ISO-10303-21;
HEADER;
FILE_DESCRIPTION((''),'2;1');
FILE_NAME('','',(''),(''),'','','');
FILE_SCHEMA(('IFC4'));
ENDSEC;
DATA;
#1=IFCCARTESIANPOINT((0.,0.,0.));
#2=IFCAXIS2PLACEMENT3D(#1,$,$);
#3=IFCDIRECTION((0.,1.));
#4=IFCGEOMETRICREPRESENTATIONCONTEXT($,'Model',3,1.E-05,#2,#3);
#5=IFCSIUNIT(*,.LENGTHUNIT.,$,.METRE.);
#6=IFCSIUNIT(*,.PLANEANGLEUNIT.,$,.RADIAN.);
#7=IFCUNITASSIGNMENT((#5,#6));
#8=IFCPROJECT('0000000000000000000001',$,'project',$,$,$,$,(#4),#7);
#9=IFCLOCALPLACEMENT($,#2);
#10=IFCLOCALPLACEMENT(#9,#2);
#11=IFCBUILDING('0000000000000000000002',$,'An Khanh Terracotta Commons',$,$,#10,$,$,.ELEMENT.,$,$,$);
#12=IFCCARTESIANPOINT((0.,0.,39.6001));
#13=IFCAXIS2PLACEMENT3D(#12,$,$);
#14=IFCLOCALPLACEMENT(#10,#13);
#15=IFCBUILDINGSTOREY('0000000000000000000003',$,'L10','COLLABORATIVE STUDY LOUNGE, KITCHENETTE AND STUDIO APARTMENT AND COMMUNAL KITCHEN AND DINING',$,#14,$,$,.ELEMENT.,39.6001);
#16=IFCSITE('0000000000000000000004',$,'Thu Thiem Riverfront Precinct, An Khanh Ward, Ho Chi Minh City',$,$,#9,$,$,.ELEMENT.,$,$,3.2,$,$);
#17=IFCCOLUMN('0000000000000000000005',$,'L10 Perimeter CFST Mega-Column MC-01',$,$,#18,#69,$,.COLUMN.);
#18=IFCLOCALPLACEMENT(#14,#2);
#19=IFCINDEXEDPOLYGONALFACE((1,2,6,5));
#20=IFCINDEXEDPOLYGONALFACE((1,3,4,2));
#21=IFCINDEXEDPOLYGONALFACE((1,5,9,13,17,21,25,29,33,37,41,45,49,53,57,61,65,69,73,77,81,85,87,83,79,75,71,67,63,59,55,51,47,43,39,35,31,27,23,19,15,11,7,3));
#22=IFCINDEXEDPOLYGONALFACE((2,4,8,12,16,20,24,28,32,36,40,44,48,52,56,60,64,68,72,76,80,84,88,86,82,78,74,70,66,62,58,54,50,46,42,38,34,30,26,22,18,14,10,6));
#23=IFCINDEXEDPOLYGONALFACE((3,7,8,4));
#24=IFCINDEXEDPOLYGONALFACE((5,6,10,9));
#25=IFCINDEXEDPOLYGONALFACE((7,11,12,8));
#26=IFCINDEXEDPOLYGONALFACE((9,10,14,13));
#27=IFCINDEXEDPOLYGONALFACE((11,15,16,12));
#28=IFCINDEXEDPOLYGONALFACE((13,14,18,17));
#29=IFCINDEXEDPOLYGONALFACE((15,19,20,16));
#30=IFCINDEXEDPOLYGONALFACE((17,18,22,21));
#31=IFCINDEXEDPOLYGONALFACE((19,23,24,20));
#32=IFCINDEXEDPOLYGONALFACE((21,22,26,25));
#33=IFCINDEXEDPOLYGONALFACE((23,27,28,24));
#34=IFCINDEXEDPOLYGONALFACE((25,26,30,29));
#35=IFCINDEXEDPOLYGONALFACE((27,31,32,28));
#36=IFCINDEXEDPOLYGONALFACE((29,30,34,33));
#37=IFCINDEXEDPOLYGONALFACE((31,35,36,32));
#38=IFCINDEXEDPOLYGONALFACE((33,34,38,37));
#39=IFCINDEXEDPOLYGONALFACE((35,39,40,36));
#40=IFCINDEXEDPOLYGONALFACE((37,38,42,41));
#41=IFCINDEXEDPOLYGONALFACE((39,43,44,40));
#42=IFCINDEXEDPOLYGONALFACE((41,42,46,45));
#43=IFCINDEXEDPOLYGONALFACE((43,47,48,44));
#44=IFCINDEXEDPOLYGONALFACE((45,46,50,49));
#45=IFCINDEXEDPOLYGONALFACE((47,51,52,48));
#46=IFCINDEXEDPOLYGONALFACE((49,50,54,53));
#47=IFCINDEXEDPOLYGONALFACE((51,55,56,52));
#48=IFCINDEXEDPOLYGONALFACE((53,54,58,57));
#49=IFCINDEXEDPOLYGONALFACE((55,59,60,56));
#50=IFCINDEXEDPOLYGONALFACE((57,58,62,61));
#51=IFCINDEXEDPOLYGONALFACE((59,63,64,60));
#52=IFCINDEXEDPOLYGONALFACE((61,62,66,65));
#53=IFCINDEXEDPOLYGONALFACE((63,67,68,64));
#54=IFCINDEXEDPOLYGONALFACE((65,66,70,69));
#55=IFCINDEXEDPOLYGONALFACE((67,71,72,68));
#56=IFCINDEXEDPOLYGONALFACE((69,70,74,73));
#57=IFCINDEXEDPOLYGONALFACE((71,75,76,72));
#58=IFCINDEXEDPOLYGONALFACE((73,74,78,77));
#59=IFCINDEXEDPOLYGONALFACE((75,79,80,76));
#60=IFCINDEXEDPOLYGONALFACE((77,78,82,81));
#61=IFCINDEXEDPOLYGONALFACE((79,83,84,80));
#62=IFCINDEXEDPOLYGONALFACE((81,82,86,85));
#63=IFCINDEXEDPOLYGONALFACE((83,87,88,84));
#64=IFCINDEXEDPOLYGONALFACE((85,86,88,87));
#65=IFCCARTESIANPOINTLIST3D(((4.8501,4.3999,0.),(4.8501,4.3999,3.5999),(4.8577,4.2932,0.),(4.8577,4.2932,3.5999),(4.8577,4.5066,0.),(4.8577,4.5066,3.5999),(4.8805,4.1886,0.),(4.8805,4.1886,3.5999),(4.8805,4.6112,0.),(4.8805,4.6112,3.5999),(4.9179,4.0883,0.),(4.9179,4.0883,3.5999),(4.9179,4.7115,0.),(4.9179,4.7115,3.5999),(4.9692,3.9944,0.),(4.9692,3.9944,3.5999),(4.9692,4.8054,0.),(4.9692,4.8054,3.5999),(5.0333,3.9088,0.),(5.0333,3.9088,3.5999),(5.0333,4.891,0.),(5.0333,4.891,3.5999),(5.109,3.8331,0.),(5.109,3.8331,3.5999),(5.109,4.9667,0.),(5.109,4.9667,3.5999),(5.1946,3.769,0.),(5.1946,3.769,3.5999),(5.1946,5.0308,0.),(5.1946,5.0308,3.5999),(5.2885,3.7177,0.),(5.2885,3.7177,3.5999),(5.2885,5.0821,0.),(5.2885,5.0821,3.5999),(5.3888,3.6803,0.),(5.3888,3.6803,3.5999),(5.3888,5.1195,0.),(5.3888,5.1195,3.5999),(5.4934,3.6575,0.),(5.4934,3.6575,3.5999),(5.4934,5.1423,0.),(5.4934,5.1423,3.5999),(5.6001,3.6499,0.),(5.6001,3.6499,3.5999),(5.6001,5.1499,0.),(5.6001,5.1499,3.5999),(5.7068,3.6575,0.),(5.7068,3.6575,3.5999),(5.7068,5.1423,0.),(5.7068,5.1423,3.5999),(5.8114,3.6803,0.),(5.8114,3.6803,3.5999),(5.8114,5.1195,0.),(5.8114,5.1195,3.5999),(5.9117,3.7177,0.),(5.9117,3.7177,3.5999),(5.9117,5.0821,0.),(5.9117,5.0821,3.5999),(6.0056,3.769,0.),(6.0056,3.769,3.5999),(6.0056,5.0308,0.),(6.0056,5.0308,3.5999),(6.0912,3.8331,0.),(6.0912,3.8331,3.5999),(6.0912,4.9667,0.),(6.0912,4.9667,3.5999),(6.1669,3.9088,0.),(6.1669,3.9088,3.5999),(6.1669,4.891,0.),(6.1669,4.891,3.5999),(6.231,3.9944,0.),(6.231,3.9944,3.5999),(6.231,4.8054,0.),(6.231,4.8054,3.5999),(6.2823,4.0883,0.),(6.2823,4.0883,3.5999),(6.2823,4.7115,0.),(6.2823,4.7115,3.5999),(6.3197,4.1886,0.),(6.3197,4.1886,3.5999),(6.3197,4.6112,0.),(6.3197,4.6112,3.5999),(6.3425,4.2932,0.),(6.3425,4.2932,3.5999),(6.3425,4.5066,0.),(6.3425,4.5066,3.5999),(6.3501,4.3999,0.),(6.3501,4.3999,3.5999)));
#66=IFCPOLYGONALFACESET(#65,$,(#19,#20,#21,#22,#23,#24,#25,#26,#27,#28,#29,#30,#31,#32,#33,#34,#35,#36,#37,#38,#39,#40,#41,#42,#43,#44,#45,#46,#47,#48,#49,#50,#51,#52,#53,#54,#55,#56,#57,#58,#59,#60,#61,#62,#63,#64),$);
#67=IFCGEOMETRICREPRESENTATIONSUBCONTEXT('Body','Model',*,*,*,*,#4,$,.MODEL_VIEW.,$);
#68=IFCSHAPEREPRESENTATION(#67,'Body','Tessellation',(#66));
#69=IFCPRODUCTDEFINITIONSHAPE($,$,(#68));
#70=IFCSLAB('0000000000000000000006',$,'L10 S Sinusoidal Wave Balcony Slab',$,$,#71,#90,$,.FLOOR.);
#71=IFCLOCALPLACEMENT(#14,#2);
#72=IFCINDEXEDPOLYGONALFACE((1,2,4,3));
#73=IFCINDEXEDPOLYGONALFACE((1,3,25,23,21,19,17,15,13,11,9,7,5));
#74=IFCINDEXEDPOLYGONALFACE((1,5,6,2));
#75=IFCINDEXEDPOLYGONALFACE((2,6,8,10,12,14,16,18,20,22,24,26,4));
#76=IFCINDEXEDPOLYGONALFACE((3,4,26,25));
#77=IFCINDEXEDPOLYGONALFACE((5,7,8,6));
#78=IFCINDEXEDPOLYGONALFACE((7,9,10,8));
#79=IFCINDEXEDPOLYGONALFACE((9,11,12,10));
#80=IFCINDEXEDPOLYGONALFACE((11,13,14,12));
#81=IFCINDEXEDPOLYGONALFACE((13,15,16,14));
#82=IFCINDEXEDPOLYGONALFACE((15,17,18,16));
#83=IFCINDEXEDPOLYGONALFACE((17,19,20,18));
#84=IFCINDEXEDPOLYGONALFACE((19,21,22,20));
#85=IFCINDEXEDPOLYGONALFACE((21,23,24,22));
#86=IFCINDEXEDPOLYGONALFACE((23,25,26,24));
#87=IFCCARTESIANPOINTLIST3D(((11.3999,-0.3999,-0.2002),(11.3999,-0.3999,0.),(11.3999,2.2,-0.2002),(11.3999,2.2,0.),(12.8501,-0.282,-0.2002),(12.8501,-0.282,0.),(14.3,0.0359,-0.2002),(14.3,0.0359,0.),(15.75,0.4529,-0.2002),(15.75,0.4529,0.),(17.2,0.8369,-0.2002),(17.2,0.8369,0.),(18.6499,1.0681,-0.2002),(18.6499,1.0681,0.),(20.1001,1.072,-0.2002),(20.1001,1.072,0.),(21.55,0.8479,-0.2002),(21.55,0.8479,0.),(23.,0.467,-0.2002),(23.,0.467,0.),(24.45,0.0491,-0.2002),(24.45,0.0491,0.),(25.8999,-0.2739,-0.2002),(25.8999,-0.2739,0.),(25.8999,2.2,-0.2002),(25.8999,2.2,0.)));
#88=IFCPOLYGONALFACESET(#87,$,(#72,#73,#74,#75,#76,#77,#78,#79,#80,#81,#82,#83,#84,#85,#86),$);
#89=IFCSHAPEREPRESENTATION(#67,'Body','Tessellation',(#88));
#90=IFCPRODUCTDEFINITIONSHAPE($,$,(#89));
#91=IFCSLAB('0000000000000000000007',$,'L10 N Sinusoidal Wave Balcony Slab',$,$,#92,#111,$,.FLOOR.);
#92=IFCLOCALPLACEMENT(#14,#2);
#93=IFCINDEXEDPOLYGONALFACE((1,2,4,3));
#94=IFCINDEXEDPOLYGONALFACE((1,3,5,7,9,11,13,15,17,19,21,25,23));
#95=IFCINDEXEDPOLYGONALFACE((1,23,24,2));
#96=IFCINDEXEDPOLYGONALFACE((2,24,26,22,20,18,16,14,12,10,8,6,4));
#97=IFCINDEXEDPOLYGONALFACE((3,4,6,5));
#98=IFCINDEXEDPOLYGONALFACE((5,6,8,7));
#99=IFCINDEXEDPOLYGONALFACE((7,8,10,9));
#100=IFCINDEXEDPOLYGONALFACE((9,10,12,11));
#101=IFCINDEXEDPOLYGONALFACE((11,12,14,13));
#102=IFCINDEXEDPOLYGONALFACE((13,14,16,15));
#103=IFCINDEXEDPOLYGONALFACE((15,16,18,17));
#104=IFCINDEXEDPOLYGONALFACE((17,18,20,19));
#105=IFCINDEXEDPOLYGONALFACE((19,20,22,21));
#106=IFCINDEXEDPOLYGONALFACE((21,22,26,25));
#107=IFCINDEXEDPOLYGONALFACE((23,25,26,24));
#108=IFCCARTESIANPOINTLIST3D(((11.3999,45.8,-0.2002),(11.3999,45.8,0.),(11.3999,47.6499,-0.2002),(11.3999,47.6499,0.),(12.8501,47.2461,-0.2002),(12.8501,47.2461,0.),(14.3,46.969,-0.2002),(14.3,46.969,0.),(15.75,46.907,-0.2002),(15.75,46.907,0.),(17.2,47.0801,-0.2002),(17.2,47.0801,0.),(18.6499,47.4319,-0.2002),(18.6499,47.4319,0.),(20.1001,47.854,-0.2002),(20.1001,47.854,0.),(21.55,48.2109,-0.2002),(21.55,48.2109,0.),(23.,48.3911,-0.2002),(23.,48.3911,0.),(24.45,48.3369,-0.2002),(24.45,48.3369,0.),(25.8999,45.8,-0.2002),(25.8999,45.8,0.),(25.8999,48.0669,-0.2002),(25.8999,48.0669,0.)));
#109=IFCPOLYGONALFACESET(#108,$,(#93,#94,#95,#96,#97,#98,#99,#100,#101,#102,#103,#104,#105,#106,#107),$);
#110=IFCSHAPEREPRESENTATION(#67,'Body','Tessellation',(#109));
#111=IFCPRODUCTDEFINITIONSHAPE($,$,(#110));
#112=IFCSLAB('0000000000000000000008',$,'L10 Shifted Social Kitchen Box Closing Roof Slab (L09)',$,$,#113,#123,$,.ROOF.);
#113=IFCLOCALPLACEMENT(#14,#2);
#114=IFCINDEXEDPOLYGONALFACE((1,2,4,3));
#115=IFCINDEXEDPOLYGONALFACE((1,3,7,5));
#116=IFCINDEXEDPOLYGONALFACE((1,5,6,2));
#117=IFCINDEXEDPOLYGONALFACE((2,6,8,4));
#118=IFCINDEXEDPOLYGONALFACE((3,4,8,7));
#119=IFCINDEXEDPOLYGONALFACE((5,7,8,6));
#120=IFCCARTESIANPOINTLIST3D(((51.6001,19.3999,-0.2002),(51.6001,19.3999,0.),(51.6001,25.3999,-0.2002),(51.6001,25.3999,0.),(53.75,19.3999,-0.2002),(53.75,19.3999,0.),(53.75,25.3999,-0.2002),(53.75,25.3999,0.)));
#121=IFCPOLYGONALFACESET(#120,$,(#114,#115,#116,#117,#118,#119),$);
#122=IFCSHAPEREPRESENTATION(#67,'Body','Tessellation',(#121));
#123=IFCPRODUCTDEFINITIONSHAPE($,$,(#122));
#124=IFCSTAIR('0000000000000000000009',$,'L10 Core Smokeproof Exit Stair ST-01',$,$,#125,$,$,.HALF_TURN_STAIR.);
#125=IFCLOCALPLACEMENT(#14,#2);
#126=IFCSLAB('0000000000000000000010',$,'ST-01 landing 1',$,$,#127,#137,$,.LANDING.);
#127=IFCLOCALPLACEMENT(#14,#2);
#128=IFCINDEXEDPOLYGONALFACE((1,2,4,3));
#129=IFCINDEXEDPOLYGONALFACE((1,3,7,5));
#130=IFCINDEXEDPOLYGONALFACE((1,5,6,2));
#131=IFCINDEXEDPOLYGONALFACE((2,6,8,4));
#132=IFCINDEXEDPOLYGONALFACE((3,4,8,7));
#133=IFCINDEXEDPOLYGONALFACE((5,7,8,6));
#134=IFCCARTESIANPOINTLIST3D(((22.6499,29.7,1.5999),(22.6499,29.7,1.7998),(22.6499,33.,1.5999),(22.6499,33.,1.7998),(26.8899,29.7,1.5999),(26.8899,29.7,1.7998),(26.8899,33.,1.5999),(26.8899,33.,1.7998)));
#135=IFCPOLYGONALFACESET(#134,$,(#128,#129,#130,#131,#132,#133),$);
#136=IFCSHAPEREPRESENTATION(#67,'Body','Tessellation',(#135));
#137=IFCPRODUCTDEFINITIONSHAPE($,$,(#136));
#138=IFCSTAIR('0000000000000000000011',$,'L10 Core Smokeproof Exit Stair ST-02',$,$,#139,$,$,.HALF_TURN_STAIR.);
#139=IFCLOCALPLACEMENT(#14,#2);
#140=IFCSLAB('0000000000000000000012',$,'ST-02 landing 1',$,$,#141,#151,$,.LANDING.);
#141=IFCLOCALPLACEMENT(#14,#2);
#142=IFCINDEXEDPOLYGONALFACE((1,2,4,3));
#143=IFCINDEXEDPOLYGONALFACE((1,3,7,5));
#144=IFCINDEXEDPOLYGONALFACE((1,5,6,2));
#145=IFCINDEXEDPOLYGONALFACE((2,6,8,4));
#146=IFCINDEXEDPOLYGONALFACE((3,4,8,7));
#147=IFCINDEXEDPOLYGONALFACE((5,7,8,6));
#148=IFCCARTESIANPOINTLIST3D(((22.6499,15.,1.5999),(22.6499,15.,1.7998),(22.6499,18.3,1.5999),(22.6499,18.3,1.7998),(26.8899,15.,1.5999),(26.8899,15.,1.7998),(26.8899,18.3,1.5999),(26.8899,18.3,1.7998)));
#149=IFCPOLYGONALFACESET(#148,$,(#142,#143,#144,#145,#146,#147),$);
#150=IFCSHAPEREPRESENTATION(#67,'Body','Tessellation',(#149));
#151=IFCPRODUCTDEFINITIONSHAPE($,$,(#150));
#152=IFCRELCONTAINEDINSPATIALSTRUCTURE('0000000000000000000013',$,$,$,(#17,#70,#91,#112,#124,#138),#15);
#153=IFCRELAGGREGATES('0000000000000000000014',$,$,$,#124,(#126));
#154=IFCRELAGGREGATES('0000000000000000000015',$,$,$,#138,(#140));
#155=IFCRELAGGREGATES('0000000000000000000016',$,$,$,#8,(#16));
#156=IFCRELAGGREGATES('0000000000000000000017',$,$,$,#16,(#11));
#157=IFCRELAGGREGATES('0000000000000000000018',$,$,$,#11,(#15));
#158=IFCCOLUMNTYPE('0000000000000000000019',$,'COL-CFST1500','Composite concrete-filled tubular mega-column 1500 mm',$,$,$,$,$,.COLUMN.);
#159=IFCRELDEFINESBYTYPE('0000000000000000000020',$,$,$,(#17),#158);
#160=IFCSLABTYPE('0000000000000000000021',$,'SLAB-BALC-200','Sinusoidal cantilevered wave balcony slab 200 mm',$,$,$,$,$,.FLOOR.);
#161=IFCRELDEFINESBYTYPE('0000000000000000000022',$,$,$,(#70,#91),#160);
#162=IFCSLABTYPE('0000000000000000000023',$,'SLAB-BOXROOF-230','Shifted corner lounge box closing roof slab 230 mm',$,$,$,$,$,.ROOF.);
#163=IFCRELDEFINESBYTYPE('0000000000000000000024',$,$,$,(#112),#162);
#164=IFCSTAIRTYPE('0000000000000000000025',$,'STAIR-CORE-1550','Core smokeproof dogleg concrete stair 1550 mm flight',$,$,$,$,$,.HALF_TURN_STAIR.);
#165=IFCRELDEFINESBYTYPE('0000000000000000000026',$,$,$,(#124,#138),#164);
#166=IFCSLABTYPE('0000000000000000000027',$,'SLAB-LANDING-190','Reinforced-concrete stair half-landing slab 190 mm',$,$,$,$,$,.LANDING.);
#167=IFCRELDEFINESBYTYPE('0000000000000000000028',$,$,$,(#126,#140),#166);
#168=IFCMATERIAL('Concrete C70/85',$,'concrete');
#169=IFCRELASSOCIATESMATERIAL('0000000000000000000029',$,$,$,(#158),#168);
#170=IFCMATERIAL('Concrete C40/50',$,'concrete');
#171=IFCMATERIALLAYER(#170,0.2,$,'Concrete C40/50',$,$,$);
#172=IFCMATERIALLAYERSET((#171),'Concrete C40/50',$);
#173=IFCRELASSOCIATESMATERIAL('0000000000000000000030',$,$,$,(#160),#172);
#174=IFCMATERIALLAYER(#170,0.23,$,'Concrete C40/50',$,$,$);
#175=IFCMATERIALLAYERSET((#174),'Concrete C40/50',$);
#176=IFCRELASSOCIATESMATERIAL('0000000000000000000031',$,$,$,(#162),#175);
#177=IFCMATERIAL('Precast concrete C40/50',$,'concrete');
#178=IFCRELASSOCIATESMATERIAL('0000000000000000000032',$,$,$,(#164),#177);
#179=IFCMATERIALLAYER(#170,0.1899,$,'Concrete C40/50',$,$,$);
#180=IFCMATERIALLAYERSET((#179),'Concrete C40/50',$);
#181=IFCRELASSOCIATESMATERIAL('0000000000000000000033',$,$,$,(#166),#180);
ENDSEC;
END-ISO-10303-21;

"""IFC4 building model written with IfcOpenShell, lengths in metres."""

from ifc_helpers import new_model, si_unit, direction, frame, origin, origin_2d, place, context, subcontext, project, spatial, polyline, circle, outline, extrude, material, layer, layer_set, material_profile, profile_set, type_object, element, aggregate, save


model = new_model("IFC4")

# Units and contexts
model_context = context("Model", 3, precision=1e-05, world=origin(), true_north=direction((0.0, 1.0)))
body_context = subcontext(model_context, "Body", "Model", "MODEL_VIEW")
ifc_project = project(units=[si_unit("LENGTHUNIT", "METRE"), si_unit("PLANEANGLEUNIT", "RADIAN")], contexts=[model_context])

# Site, building, storey
site_placement = place(None, origin())
site = spatial("IfcSite", under=ifc_project, at=site_placement, Name="Thu Thiem Riverfront Precinct, An Khanh Ward, Ho Chi Minh City", CompositionType="ELEMENT", RefElevation=3.2)
building_placement = place(site_placement, origin())
building = spatial("IfcBuilding", under=site, at=building_placement, Name="An Khanh Terracotta Commons", CompositionType="ELEMENT")
storey_placement = place(building_placement, frame((0.0, 0.0, 39.6001)))
storey = spatial("IfcBuildingStorey", under=building, at=storey_placement, Name="L10", Description="COLLABORATIVE STUDY LOUNGE, KITCHENETTE AND STUDIO APARTMENT AND COMMUNAL KITCHEN AND DINING", CompositionType="ELEMENT", Elevation=39.6001)

# Column
ifc_material_1 = material(Name="Concrete C70/85", Category="concrete")
ifc_material_profile = material_profile(ifc_material_1, circle(Radius=0.75, at=origin_2d()), Name="CFST1500")
ifc_profile_set = profile_set([ifc_material_profile], Name="Concrete C70/85")
column_type = type_object("IfcColumnType", Name="COL-CFST1500", Description="Composite concrete-filled tubular mega-column 1500 mm", PredefinedType="COLUMN", material=ifc_profile_set)
column_placement = place(storey_placement, frame((5.6001, 4.3999, 0.0), z_axis=(0.0, 0.0, 1.0), x_axis=(1.0, 0.0, 0.0)))
element("IfcColumn", 1, at=column_placement, inside=storey, type_object=column_type, Name="L10 Perimeter CFST Mega-Column MC-01", PredefinedType="COLUMN", context=body_context, shape_type="SweptSolid", body=[
    extrude(circle(Radius=0.75, at=origin_2d()), origin(), (0.0, 0.0, 1.0), 3.5999),
])

# Slabs
ifc_material_2 = material(Name="Concrete C40/50", Category="concrete")
ifc_layer_1 = layer(ifc_material_2, 0.2, Name="Concrete C40/50")
ifc_layer_set_1 = layer_set([ifc_layer_1], Name="Concrete C40/50")
slab_type_1 = type_object("IfcSlabType", Name="SLAB-BALC-200", Description="Sinusoidal cantilevered wave balcony slab 200 mm", PredefinedType="FLOOR", material=ifc_layer_set_1)
slab_1_placement = place(storey_placement, frame((0.0, 0.0, -0.2002)))
element("IfcSlab", 2, at=slab_1_placement, inside=storey, type_object=slab_type_1, Name="L10 S Sinusoidal Wave Balcony Slab", PredefinedType="FLOOR", context=body_context, shape_type="SweptSolid", body=[
    extrude(outline(polyline([(11.3999, 2.2), (11.3999, -0.3999), (12.8501, -0.282), (14.3, 0.0359), (15.75, 0.4529), (17.2, 0.8369), (18.6499, 1.0681), (20.1001, 1.072), (21.55, 0.8479), (23.0, 0.467), (24.45, 0.0491), (25.8999, -0.2739), (25.8999, 2.2), (11.3999, 2.2)])), origin(), (0.0, 0.0, 1.0), 0.2002),
])
slab_2_placement = place(storey_placement, frame((0.0, 0.0, -0.2002)))
element("IfcSlab", 3, at=slab_2_placement, inside=storey, type_object=slab_type_1, Name="L10 N Sinusoidal Wave Balcony Slab", PredefinedType="FLOOR", context=body_context, shape_type="SweptSolid", body=[
    extrude(outline(polyline([(25.8999, 45.8), (25.8999, 48.0669), (24.45, 48.3369), (23.0, 48.3911), (21.55, 48.2109), (20.1001, 47.854), (18.6499, 47.4319), (17.2, 47.0801), (15.75, 46.907), (14.3, 46.969), (12.8501, 47.2461), (11.3999, 47.6499), (11.3999, 45.8), (25.8999, 45.8)])), origin(), (0.0, 0.0, 1.0), 0.2002),
])
ifc_layer_2 = layer(ifc_material_2, 0.23, Name="Concrete C40/50")
ifc_layer_set_2 = layer_set([ifc_layer_2], Name="Concrete C40/50")
slab_type_2 = type_object("IfcSlabType", Name="SLAB-BOXROOF-230", Description="Shifted corner lounge box closing roof slab 230 mm", PredefinedType="ROOF", material=ifc_layer_set_2)
slab_3_placement = place(storey_placement, frame((0.0, 0.0, -0.2002)))
element("IfcSlab", 4, at=slab_3_placement, inside=storey, type_object=slab_type_2, Name="L10 Shifted Social Kitchen Box Closing Roof Slab (L09)", PredefinedType="ROOF", context=body_context, shape_type="SweptSolid", body=[
    extrude(outline(polyline([(51.6001, 19.3999), (53.75, 19.3999), (53.75, 25.3999), (51.6001, 25.3999), (51.6001, 19.3999)])), origin(), (0.0, 0.0, 1.0), 0.2002),
])

# Stairs, slabs
ifc_material_3 = material(Name="Precast concrete C40/50", Category="concrete")
stair_type = type_object("IfcStairType", Name="STAIR-CORE-1550", Description="Core smokeproof dogleg concrete stair 1550 mm flight", PredefinedType="HALF_TURN_STAIR", material=ifc_material_3)
stair_1_placement = place(storey_placement, origin())
stair_1 = element("IfcStair", 5, at=stair_1_placement, inside=storey, type_object=stair_type, Name="L10 Core Smokeproof Exit Stair ST-01", PredefinedType="HALF_TURN_STAIR")
ifc_layer_3 = layer(ifc_material_2, 0.1899, Name="Concrete C40/50")
ifc_layer_set_3 = layer_set([ifc_layer_3], Name="Concrete C40/50")
slab_type_3 = type_object("IfcSlabType", Name="SLAB-LANDING-190", Description="Reinforced-concrete stair half-landing slab 190 mm", PredefinedType="LANDING", material=ifc_layer_set_3)
slab_4_placement = place(storey_placement, frame((0.0, 0.0, 1.5999)))
slab_4 = element("IfcSlab", 6, at=slab_4_placement, type_object=slab_type_3, Name="ST-01 landing 1", PredefinedType="LANDING", context=body_context, shape_type="SweptSolid", body=[
    extrude(outline(polyline([(26.8899, 33.0), (22.6499, 33.0), (22.6499, 29.7), (26.8899, 29.7), (26.8899, 33.0)])), origin(), (0.0, 0.0, 1.0), 0.2),
])
aggregate(stair_1, [slab_4])
stair_2_placement = place(storey_placement, origin())
stair_2 = element("IfcStair", 7, at=stair_2_placement, inside=storey, type_object=stair_type, Name="L10 Core Smokeproof Exit Stair ST-02", PredefinedType="HALF_TURN_STAIR")
slab_5_placement = place(storey_placement, frame((0.0, 0.0, 1.5999)))
slab_5 = element("IfcSlab", 8, at=slab_5_placement, type_object=slab_type_3, Name="ST-02 landing 1", PredefinedType="LANDING", context=body_context, shape_type="SweptSolid", body=[
    extrude(outline(polyline([(26.8899, 18.3), (22.6499, 18.3), (22.6499, 15.0), (26.8899, 15.0), (26.8899, 18.3)])), origin(), (0.0, 0.0, 1.0), 0.2),
])
aggregate(stair_2, [slab_5])

save(model, "model.ifc")
